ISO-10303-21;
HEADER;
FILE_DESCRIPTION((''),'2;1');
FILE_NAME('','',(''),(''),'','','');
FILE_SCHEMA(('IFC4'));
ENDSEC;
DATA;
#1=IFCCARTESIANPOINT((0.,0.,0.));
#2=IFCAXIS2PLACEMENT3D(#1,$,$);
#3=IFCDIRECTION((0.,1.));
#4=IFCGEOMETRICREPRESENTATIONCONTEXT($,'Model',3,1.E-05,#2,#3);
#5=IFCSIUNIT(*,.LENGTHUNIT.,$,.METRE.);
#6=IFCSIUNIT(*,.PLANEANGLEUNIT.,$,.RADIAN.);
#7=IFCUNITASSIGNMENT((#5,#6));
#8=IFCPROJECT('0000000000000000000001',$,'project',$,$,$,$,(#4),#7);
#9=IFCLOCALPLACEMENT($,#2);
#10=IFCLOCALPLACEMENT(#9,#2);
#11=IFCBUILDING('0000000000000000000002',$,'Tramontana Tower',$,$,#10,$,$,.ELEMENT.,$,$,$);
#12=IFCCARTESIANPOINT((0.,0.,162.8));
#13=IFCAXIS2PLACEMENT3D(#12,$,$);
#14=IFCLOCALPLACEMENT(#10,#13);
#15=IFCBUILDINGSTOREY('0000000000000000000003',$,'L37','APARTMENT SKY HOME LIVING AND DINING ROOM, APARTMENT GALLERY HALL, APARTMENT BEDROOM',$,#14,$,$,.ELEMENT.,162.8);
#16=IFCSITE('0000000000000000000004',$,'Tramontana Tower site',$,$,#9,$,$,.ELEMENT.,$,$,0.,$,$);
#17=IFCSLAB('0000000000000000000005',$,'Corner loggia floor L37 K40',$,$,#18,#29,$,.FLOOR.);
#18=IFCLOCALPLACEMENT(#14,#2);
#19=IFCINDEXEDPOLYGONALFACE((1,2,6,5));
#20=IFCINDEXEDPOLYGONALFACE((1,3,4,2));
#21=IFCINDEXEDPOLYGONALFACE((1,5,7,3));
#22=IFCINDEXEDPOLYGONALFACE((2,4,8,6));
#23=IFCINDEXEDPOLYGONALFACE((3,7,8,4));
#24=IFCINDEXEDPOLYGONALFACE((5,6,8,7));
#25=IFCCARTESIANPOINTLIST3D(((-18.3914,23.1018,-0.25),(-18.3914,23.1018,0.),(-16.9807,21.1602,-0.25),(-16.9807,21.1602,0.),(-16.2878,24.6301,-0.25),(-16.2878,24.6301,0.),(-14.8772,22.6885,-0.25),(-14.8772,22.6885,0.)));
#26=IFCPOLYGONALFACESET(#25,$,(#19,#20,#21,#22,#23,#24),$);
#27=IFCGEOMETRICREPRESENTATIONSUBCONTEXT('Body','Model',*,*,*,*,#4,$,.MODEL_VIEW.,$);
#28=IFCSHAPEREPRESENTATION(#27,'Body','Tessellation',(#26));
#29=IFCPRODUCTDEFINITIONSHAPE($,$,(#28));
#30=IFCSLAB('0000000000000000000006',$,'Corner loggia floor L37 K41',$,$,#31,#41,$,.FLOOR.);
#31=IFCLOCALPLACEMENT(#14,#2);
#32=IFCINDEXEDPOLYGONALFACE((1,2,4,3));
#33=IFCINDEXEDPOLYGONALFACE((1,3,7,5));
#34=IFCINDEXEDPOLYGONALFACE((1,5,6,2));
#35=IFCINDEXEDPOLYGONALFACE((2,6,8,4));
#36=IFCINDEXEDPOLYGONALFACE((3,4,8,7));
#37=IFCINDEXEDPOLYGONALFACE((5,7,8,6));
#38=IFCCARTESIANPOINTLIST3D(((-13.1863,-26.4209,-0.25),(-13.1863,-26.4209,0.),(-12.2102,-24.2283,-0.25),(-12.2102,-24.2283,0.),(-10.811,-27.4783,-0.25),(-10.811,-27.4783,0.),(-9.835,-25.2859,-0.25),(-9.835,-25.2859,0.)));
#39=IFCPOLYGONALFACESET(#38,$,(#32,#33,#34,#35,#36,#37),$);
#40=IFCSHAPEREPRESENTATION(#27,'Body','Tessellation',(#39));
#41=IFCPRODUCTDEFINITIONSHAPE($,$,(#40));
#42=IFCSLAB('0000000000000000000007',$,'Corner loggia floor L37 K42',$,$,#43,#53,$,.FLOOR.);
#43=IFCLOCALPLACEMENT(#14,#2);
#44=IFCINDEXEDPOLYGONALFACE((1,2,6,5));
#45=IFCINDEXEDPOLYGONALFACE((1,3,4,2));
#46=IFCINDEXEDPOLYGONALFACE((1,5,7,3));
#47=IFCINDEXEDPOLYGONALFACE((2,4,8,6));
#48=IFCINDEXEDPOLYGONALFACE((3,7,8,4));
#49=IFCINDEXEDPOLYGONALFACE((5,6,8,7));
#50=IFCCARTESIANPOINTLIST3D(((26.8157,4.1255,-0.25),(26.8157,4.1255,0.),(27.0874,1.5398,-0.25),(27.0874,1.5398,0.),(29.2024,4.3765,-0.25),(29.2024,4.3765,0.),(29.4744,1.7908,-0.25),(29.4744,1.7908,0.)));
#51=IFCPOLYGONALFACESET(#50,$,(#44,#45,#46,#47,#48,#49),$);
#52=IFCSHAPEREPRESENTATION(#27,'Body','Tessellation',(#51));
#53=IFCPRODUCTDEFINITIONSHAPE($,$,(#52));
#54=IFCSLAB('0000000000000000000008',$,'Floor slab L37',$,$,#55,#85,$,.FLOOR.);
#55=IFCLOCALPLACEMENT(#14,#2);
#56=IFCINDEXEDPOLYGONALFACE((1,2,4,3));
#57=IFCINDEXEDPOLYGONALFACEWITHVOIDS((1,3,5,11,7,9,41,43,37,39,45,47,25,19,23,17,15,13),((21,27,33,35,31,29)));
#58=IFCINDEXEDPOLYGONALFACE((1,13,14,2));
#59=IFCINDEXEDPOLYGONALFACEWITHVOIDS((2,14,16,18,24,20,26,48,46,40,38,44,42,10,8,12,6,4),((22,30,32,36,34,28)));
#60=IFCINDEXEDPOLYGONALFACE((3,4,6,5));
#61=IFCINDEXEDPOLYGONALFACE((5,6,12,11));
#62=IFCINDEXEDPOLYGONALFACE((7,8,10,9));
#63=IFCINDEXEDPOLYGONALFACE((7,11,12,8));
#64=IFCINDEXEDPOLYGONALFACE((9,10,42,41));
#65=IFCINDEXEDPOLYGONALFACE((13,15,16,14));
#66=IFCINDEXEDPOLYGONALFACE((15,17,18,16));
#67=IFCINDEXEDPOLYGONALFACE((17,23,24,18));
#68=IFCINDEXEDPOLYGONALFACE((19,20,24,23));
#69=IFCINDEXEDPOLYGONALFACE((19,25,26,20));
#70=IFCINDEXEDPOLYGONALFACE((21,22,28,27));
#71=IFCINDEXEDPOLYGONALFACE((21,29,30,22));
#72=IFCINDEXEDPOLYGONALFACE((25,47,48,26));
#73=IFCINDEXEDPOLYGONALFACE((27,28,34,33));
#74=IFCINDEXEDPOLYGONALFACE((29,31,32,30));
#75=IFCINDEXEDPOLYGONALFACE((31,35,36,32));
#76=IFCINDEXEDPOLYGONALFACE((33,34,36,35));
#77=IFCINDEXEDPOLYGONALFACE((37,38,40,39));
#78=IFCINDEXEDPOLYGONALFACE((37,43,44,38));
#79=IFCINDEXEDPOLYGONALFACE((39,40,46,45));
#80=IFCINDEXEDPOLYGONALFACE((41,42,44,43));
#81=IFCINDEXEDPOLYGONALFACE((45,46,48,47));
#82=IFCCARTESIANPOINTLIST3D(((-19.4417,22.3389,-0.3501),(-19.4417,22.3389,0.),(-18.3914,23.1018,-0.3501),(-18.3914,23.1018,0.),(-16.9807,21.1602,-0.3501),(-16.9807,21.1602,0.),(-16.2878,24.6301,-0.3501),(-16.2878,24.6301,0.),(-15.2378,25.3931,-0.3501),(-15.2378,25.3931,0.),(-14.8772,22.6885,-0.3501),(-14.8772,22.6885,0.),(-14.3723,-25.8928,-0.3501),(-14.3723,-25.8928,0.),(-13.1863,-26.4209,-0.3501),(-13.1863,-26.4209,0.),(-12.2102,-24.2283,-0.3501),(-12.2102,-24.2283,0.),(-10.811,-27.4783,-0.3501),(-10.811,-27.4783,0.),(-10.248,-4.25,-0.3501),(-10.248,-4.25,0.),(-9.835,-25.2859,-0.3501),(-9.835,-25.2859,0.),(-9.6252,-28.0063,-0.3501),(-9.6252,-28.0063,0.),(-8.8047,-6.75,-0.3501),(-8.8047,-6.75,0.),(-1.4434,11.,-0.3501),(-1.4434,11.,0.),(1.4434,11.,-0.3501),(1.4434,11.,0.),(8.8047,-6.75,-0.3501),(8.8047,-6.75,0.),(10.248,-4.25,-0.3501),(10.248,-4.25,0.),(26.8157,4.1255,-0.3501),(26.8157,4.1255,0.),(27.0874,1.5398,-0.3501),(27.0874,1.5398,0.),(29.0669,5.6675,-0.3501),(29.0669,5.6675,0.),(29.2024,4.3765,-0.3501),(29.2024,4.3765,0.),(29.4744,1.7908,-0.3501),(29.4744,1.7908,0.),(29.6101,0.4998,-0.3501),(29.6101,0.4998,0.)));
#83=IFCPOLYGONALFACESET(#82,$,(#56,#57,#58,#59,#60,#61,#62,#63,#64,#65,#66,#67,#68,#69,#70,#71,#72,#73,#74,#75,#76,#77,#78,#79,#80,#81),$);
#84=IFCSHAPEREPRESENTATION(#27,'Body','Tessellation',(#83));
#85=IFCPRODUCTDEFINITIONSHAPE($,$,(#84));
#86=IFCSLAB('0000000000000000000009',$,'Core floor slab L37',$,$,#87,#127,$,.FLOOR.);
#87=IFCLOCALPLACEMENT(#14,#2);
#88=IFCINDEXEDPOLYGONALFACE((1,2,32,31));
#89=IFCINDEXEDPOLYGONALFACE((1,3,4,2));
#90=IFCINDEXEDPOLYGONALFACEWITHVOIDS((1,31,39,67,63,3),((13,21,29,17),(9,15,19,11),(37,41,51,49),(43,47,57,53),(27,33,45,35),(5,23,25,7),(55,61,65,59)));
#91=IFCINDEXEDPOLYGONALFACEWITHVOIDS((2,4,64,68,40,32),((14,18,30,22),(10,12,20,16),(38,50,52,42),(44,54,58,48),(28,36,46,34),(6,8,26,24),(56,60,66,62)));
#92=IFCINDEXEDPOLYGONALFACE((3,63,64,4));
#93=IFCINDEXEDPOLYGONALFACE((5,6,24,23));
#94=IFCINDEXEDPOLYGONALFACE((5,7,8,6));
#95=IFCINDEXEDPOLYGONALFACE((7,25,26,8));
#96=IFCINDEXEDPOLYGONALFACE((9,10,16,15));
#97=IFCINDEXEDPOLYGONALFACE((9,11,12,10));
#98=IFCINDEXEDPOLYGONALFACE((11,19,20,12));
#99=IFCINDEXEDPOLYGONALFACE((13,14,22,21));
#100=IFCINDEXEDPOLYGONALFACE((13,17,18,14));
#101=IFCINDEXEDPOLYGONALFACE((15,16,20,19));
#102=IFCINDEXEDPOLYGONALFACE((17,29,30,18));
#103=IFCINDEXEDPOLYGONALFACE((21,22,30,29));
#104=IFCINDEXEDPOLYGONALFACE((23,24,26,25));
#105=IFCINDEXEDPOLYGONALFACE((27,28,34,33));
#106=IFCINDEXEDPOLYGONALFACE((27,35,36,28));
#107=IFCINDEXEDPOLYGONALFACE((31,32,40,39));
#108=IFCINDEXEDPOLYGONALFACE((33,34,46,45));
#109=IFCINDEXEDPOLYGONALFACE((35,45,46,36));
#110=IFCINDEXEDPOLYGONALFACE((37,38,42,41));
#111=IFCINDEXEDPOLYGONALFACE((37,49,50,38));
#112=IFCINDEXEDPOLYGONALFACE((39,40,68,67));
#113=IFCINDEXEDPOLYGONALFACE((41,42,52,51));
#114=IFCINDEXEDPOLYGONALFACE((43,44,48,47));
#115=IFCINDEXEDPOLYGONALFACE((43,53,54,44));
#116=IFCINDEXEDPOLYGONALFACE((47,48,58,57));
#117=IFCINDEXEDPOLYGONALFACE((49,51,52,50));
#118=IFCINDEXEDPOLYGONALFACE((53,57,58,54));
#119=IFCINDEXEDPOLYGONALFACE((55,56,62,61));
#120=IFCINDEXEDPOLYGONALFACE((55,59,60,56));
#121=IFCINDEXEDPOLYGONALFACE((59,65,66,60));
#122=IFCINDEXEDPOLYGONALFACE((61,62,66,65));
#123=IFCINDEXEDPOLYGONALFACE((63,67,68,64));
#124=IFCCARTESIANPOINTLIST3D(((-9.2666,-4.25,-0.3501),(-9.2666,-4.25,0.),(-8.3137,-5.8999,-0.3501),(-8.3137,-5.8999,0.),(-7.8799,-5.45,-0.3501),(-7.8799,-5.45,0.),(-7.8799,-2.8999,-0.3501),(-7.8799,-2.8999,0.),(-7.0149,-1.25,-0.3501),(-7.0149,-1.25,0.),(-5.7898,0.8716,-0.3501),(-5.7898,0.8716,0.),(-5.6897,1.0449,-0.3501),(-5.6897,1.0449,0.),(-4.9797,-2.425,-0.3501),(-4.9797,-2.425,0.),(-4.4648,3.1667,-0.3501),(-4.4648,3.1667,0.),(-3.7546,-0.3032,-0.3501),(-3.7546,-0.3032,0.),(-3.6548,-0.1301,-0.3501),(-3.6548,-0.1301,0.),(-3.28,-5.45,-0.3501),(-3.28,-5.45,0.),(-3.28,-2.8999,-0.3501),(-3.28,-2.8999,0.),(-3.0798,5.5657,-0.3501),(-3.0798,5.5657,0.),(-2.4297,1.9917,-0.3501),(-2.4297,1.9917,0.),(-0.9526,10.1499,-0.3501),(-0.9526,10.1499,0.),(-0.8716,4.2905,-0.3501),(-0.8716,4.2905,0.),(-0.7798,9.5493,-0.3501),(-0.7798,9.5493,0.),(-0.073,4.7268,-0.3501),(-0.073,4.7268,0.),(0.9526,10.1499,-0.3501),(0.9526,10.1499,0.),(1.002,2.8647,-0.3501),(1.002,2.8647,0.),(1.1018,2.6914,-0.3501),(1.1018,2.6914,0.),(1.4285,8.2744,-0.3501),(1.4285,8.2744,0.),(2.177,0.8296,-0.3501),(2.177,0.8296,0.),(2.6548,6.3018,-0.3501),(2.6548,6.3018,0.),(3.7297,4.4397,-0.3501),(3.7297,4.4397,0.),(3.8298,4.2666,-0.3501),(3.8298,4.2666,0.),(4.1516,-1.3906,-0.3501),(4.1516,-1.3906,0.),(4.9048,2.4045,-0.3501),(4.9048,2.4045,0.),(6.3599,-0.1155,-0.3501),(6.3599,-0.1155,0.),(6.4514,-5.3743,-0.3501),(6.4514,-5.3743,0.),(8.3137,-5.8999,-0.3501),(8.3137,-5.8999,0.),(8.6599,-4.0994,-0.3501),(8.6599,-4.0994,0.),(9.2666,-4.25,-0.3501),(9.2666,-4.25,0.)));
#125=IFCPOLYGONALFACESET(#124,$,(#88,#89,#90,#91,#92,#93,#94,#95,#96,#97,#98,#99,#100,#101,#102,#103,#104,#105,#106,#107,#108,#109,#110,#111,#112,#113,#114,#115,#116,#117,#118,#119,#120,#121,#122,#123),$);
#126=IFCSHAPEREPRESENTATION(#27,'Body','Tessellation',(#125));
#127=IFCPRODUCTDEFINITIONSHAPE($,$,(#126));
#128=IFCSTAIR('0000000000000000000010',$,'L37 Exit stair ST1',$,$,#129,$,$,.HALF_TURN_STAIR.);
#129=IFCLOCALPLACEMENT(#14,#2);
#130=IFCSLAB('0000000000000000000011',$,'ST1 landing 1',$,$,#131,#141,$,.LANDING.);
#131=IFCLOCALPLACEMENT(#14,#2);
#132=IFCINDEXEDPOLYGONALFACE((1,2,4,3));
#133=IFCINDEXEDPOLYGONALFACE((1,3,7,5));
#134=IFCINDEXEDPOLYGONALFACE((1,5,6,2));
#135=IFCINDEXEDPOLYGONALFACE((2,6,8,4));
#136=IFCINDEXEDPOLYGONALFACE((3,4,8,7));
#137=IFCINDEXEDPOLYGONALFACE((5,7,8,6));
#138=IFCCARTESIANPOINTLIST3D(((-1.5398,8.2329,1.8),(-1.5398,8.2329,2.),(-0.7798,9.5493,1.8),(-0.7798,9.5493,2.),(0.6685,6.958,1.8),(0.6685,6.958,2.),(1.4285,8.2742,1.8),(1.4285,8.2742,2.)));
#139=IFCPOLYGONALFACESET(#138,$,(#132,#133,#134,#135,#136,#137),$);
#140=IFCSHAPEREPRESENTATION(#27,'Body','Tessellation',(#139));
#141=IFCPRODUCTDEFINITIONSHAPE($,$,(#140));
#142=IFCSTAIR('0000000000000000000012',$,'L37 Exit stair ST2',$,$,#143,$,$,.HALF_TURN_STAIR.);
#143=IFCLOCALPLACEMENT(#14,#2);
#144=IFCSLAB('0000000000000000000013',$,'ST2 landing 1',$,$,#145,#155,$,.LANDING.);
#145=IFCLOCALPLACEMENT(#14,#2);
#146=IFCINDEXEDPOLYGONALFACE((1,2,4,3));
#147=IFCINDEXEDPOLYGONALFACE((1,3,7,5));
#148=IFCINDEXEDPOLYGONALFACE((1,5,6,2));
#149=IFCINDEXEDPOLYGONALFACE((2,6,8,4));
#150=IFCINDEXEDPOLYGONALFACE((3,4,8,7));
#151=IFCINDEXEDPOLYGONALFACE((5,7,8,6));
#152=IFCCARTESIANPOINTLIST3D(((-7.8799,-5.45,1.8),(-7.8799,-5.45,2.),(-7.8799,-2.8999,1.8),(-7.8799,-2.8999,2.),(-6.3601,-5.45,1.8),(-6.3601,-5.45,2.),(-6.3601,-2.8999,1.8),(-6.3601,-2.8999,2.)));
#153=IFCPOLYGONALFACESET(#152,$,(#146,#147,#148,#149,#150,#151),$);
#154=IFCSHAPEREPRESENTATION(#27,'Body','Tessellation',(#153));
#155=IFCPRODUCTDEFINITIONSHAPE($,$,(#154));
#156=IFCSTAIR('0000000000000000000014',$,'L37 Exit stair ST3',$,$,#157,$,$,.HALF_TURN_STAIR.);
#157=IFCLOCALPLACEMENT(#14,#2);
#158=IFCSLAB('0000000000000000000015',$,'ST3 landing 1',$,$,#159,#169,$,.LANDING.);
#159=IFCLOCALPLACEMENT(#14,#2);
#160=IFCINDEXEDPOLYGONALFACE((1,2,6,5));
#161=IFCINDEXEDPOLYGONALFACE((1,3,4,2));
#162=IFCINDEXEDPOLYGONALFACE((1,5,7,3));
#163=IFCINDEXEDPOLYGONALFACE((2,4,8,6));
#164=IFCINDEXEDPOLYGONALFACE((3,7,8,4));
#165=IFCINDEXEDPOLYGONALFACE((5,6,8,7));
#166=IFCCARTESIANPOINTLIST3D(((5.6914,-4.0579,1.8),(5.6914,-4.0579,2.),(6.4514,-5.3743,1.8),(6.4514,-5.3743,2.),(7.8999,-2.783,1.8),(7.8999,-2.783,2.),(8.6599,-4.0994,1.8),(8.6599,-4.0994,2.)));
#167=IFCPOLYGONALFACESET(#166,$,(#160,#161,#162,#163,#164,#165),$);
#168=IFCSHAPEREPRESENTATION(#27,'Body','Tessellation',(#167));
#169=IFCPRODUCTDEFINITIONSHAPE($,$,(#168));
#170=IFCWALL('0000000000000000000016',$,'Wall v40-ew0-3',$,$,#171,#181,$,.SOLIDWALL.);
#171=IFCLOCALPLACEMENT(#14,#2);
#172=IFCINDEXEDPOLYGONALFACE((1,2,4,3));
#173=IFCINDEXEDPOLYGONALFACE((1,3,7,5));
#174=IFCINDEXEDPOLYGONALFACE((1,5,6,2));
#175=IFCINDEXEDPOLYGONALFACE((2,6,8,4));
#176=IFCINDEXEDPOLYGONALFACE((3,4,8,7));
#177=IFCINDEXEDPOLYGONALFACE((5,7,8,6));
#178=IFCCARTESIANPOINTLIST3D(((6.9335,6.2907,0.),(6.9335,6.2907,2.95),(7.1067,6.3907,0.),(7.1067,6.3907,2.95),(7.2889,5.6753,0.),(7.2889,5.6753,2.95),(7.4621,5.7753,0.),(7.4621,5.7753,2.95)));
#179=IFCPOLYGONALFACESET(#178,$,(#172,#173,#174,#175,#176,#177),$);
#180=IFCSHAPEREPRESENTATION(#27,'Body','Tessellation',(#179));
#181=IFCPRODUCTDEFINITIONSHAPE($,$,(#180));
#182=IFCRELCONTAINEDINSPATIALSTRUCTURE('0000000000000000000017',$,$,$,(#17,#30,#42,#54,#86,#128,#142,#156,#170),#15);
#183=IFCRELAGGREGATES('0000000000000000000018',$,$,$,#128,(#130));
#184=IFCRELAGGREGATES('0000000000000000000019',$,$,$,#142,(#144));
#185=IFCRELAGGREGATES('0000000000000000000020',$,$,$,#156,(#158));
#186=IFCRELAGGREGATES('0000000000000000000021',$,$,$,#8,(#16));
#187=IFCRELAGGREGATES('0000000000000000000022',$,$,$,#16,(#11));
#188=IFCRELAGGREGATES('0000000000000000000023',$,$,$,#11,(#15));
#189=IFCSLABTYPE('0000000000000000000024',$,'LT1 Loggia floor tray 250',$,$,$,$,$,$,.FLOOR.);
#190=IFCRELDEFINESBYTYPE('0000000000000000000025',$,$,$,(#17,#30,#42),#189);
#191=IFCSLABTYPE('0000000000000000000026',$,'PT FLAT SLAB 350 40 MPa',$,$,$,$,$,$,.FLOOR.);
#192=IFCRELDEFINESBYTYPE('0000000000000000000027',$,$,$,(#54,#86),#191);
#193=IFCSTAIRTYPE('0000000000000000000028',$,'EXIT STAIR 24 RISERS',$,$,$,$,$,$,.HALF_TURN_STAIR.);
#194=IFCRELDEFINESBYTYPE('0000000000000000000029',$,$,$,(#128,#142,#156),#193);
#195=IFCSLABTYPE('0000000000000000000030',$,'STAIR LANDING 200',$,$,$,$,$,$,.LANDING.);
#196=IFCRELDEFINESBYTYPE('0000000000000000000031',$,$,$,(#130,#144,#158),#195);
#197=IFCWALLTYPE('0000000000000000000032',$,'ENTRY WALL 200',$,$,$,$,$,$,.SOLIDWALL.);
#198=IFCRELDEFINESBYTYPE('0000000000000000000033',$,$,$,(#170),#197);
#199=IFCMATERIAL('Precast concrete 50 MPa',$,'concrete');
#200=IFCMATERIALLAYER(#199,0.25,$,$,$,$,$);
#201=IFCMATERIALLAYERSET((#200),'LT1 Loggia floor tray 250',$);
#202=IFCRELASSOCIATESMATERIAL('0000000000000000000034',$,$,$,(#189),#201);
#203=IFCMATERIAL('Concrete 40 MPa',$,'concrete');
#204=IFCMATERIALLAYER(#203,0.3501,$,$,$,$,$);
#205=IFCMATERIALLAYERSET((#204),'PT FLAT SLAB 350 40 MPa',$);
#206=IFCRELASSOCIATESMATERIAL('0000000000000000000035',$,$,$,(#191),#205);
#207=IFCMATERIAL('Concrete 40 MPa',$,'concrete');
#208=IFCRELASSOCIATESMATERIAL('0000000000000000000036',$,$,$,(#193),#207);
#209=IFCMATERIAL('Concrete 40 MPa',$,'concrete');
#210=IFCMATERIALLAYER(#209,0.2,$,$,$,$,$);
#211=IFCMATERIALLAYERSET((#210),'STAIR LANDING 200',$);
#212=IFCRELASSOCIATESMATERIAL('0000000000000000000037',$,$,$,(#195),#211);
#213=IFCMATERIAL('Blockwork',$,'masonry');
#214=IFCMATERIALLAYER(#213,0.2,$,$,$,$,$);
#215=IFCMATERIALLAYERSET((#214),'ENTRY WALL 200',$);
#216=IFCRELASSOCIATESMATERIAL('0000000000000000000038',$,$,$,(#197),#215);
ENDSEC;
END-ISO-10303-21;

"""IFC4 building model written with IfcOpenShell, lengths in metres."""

from ifc_helpers import new_model, si_unit, direction, frame, frame_2d, origin, place, context, subcontext, project, spatial, polyline, rectangle, outline, extrude, material, layer, layer_set, type_object, element, aggregate, save


model = new_model("IFC4")

# Units and contexts
model_context = context("Model", 3, precision=1e-05, world=origin(), true_north=direction((0.0, 1.0)))
body_context = subcontext(model_context, "Body", "Model", "MODEL_VIEW")
ifc_project = project(units=[si_unit("LENGTHUNIT", "METRE"), si_unit("PLANEANGLEUNIT", "RADIAN")], contexts=[model_context])

# Site, building, storey
site_placement = place(None, origin())
site = spatial("IfcSite", under=ifc_project, at=site_placement, Name="Tramontana Tower site", CompositionType="ELEMENT", RefElevation=0.0)
building_placement = place(site_placement, origin())
building = spatial("IfcBuilding", under=site, at=building_placement, Name="Tramontana Tower", CompositionType="ELEMENT")
storey_placement = place(building_placement, frame((0.0, 0.0, 162.8)))
storey = spatial("IfcBuildingStorey", under=building, at=storey_placement, Name="L37", Description="APARTMENT SKY HOME LIVING AND DINING ROOM, APARTMENT GALLERY HALL, APARTMENT BEDROOM", CompositionType="ELEMENT", Elevation=162.8)

# Slabs
ifc_material_1 = material(Name="Precast concrete 50 MPa", Category="concrete")
ifc_layer_1 = layer(ifc_material_1, 0.25)
ifc_layer_set_1 = layer_set([ifc_layer_1], Name="LT1 Loggia floor tray 250")
slab_type_1 = type_object("IfcSlabType", Name="LT1 Loggia floor tray 250", PredefinedType="FLOOR", material=ifc_layer_set_1)
slab_1_placement = place(storey_placement, frame((0.0, 0.0, -0.25)))
element("IfcSlab", 1, at=slab_1_placement, inside=storey, type_object=slab_type_1, Name="Corner loggia floor L37 K40", PredefinedType="FLOOR", context=body_context, shape_type="SweptSolid", body=[
    extrude(outline(polyline([(-16.2878, 24.6301), (-14.8772, 22.6885), (-16.9807, 21.1602), (-18.3914, 23.1018), (-16.2878, 24.6301)])), origin(), (0.0, 0.0, 1.0), 0.25),
])
slab_2_placement = place(storey_placement, frame((0.0, 0.0, -0.25)))
element("IfcSlab", 2, at=slab_2_placement, inside=storey, type_object=slab_type_1, Name="Corner loggia floor L37 K41", PredefinedType="FLOOR", context=body_context, shape_type="SweptSolid", body=[
    extrude(outline(polyline([(-13.1863, -26.4209), (-12.2102, -24.2283), (-9.835, -25.2859), (-10.811, -27.4783), (-13.1863, -26.4209)])), origin(), (0.0, 0.0, 1.0), 0.25),
])
slab_3_placement = place(storey_placement, frame((0.0, 0.0, -0.25)))
element("IfcSlab", 3, at=slab_3_placement, inside=storey, type_object=slab_type_1, Name="Corner loggia floor L37 K42", PredefinedType="FLOOR", context=body_context, shape_type="SweptSolid", body=[
    extrude(outline(polyline([(29.4744, 1.7908), (27.0874, 1.5398), (26.8157, 4.1255), (29.2024, 4.3765), (29.4744, 1.7908)])), origin(), (0.0, 0.0, 1.0), 0.25),
])
ifc_material_2 = material(Name="Concrete 40 MPa", Category="concrete")
ifc_layer_2 = layer(ifc_material_2, 0.3501)
ifc_layer_set_2 = layer_set([ifc_layer_2], Name="PT FLAT SLAB 350 40 MPa")
slab_type_2 = type_object("IfcSlabType", Name="PT FLAT SLAB 350 40 MPa", PredefinedType="FLOOR", material=ifc_layer_set_2)
slab_4_placement = place(storey_placement, frame((0.0, 0.0, -0.3501)))
element("IfcSlab", 4, at=slab_4_placement, inside=storey, type_object=slab_type_2, Name="Floor slab L37", PredefinedType="FLOOR", context=body_context, shape_type="SweptSolid", body=[
    extrude(outline(polyline([(29.2024, 4.3765), (26.8157, 4.1255), (27.0874, 1.5398), (29.4744, 1.7908), (29.6101, 0.4998), (-9.6252, -28.0063), (-10.811, -27.4783), (-9.835, -25.2859), (-12.2102, -24.2283), (-13.1863, -26.4209), (-14.3723, -25.8928), (-19.4417, 22.3389), (-18.3914, 23.1018), (-16.9807, 21.1602), (-14.8772, 22.6885), (-16.2878, 24.6301), (-15.2378, 25.3931), (29.0669, 5.6675), (29.2024, 4.3765)]), holes=[polyline([(-10.248, -4.25), (-8.8047, -6.75), (8.8047, -6.75), (10.248, -4.25), (1.4434, 11.0), (-1.4434, 11.0), (-10.248, -4.25)])]), origin(), (0.0, 0.0, 1.0), 0.3501),
])
slab_5_placement = place(storey_placement, frame((0.0, 0.0, -0.3501)))
element("IfcSlab", 5, at=slab_5_placement, inside=storey, type_object=slab_type_2, Name="Core floor slab L37", PredefinedType="FLOOR", context=body_context, shape_type="SweptSolid", body=[
    extrude(outline(polyline([(9.2666, -4.25), (8.3137, -5.8999), (-8.3137, -5.8999), (-9.2666, -4.25), (-0.9526, 10.1499), (0.9526, 10.1499), (9.2666, -4.25)]), holes=[polyline([(8.6599, -4.0994), (6.3599, -0.1155), (4.1516, -1.3906), (6.4514, -5.3743), (8.6599, -4.0994)]), polyline([(3.8298, 4.2666), (1.1018, 2.6914), (2.177, 0.8296), (4.9048, 2.4045), (3.8298, 4.2666)]), polyline([(2.6548, 6.3018), (-0.073, 4.7268), (1.002, 2.8647), (3.7297, 4.4397), (2.6548, 6.3018)]), polyline([(-0.7798, 9.5493), (-3.0798, 5.5657), (-0.8716, 4.2905), (1.4285, 8.2744), (-0.7798, 9.5493)]), polyline([(-5.6897, 1.0449), (-3.6548, -0.1301), (-2.4297, 1.9917), (-4.4648, 3.1667), (-5.6897, 1.0449)]), polyline([(-3.28, -5.45), (-3.28, -2.8999), (-7.8799, -2.8999), (-7.8799, -5.45), (-3.28, -5.45)]), polyline([(-7.0149, -1.25), (-4.9797, -2.425), (-3.7546, -0.3032), (-5.7898, 0.8716), (-7.0149, -1.25)])]), origin(), (0.0, 0.0, 1.0), 0.3501),
])

# Stairs, slabs
ifc_material_3 = material(Name="Concrete 40 MPa", Category="concrete")
stair_type = type_object("IfcStairType", Name="EXIT STAIR 24 RISERS", PredefinedType="HALF_TURN_STAIR", material=ifc_material_3)
stair_1_placement = place(storey_placement, origin())
stair_1 = element("IfcStair", 6, at=stair_1_placement, inside=storey, type_object=stair_type, Name="L37 Exit stair ST1", PredefinedType="HALF_TURN_STAIR")
ifc_material_4 = material(Name="Concrete 40 MPa", Category="concrete")
ifc_layer_3 = layer(ifc_material_4, 0.2)
ifc_layer_set_3 = layer_set([ifc_layer_3], Name="STAIR LANDING 200")
slab_type_3 = type_object("IfcSlabType", Name="STAIR LANDING 200", PredefinedType="LANDING", material=ifc_layer_set_3)
slab_6_placement = place(storey_placement, frame((0.0, 0.0, 1.8)))
slab_6 = element("IfcSlab", 7, at=slab_6_placement, type_object=slab_type_3, Name="ST1 landing 1", PredefinedType="LANDING", context=body_context, shape_type="SweptSolid", body=[
    extrude(outline(polyline([(0.6685, 6.958), (1.4285, 8.2742), (-0.7798, 9.5493), (-1.5398, 8.2329), (0.6685, 6.958)])), origin(), (0.0, 0.0, 1.0), 0.2),
])
aggregate(stair_1, [slab_6])
stair_2_placement = place(storey_placement, origin())
stair_2 = element("IfcStair", 8, at=stair_2_placement, inside=storey, type_object=stair_type, Name="L37 Exit stair ST2", PredefinedType="HALF_TURN_STAIR")
slab_7_placement = place(storey_placement, frame((0.0, 0.0, 1.8)))
slab_7 = element("IfcSlab", 9, at=slab_7_placement, type_object=slab_type_3, Name="ST2 landing 1", PredefinedType="LANDING", context=body_context, shape_type="SweptSolid", body=[
    extrude(outline(polyline([(-6.3601, -2.8999), (-7.8799, -2.8999), (-7.8799, -5.45), (-6.3601, -5.45), (-6.3601, -2.8999)])), origin(), (0.0, 0.0, 1.0), 0.2),
])
aggregate(stair_2, [slab_7])
stair_3_placement = place(storey_placement, origin())
stair_3 = element("IfcStair", 10, at=stair_3_placement, inside=storey, type_object=stair_type, Name="L37 Exit stair ST3", PredefinedType="HALF_TURN_STAIR")
slab_8_placement = place(storey_placement, frame((0.0, 0.0, 1.8)))
slab_8 = element("IfcSlab", 11, at=slab_8_placement, type_object=slab_type_3, Name="ST3 landing 1", PredefinedType="LANDING", context=body_context, shape_type="SweptSolid", body=[
    extrude(outline(polyline([(5.6914, -4.0579), (6.4514, -5.3743), (8.6599, -4.0994), (7.8999, -2.783), (5.6914, -4.0579)])), origin(), (0.0, 0.0, 1.0), 0.2),
])
aggregate(stair_3, [slab_8])

# Wall
ifc_material_5 = material(Name="Blockwork", Category="masonry")
ifc_layer_4 = layer(ifc_material_5, 0.2)
ifc_layer_set_4 = layer_set([ifc_layer_4], Name="ENTRY WALL 200")
wall_type_1 = type_object("IfcWallType", Name="ENTRY WALL 200", PredefinedType="SOLIDWALL", material=ifc_layer_set_4)
wall_1_placement = place(storey_placement, frame((7.02, 6.3408, 0.0), z_axis=(0.0, 0.0, 1.0), x_axis=(0.500129, -0.865951, 0.0)))
element("IfcWall", 12, at=wall_1_placement, inside=storey, type_object=wall_type_1, Name="Wall v40-ew0-3", PredefinedType="SOLIDWALL", context=body_context, shape_type="SweptSolid", body=[
    extrude(rectangle(XDim=0.7107, YDim=0.2, at=frame_2d((0.3555, 0.0))), origin(), (0.0, 0.0, 1.0), 2.95),
])

save(model, "model.ifc")
